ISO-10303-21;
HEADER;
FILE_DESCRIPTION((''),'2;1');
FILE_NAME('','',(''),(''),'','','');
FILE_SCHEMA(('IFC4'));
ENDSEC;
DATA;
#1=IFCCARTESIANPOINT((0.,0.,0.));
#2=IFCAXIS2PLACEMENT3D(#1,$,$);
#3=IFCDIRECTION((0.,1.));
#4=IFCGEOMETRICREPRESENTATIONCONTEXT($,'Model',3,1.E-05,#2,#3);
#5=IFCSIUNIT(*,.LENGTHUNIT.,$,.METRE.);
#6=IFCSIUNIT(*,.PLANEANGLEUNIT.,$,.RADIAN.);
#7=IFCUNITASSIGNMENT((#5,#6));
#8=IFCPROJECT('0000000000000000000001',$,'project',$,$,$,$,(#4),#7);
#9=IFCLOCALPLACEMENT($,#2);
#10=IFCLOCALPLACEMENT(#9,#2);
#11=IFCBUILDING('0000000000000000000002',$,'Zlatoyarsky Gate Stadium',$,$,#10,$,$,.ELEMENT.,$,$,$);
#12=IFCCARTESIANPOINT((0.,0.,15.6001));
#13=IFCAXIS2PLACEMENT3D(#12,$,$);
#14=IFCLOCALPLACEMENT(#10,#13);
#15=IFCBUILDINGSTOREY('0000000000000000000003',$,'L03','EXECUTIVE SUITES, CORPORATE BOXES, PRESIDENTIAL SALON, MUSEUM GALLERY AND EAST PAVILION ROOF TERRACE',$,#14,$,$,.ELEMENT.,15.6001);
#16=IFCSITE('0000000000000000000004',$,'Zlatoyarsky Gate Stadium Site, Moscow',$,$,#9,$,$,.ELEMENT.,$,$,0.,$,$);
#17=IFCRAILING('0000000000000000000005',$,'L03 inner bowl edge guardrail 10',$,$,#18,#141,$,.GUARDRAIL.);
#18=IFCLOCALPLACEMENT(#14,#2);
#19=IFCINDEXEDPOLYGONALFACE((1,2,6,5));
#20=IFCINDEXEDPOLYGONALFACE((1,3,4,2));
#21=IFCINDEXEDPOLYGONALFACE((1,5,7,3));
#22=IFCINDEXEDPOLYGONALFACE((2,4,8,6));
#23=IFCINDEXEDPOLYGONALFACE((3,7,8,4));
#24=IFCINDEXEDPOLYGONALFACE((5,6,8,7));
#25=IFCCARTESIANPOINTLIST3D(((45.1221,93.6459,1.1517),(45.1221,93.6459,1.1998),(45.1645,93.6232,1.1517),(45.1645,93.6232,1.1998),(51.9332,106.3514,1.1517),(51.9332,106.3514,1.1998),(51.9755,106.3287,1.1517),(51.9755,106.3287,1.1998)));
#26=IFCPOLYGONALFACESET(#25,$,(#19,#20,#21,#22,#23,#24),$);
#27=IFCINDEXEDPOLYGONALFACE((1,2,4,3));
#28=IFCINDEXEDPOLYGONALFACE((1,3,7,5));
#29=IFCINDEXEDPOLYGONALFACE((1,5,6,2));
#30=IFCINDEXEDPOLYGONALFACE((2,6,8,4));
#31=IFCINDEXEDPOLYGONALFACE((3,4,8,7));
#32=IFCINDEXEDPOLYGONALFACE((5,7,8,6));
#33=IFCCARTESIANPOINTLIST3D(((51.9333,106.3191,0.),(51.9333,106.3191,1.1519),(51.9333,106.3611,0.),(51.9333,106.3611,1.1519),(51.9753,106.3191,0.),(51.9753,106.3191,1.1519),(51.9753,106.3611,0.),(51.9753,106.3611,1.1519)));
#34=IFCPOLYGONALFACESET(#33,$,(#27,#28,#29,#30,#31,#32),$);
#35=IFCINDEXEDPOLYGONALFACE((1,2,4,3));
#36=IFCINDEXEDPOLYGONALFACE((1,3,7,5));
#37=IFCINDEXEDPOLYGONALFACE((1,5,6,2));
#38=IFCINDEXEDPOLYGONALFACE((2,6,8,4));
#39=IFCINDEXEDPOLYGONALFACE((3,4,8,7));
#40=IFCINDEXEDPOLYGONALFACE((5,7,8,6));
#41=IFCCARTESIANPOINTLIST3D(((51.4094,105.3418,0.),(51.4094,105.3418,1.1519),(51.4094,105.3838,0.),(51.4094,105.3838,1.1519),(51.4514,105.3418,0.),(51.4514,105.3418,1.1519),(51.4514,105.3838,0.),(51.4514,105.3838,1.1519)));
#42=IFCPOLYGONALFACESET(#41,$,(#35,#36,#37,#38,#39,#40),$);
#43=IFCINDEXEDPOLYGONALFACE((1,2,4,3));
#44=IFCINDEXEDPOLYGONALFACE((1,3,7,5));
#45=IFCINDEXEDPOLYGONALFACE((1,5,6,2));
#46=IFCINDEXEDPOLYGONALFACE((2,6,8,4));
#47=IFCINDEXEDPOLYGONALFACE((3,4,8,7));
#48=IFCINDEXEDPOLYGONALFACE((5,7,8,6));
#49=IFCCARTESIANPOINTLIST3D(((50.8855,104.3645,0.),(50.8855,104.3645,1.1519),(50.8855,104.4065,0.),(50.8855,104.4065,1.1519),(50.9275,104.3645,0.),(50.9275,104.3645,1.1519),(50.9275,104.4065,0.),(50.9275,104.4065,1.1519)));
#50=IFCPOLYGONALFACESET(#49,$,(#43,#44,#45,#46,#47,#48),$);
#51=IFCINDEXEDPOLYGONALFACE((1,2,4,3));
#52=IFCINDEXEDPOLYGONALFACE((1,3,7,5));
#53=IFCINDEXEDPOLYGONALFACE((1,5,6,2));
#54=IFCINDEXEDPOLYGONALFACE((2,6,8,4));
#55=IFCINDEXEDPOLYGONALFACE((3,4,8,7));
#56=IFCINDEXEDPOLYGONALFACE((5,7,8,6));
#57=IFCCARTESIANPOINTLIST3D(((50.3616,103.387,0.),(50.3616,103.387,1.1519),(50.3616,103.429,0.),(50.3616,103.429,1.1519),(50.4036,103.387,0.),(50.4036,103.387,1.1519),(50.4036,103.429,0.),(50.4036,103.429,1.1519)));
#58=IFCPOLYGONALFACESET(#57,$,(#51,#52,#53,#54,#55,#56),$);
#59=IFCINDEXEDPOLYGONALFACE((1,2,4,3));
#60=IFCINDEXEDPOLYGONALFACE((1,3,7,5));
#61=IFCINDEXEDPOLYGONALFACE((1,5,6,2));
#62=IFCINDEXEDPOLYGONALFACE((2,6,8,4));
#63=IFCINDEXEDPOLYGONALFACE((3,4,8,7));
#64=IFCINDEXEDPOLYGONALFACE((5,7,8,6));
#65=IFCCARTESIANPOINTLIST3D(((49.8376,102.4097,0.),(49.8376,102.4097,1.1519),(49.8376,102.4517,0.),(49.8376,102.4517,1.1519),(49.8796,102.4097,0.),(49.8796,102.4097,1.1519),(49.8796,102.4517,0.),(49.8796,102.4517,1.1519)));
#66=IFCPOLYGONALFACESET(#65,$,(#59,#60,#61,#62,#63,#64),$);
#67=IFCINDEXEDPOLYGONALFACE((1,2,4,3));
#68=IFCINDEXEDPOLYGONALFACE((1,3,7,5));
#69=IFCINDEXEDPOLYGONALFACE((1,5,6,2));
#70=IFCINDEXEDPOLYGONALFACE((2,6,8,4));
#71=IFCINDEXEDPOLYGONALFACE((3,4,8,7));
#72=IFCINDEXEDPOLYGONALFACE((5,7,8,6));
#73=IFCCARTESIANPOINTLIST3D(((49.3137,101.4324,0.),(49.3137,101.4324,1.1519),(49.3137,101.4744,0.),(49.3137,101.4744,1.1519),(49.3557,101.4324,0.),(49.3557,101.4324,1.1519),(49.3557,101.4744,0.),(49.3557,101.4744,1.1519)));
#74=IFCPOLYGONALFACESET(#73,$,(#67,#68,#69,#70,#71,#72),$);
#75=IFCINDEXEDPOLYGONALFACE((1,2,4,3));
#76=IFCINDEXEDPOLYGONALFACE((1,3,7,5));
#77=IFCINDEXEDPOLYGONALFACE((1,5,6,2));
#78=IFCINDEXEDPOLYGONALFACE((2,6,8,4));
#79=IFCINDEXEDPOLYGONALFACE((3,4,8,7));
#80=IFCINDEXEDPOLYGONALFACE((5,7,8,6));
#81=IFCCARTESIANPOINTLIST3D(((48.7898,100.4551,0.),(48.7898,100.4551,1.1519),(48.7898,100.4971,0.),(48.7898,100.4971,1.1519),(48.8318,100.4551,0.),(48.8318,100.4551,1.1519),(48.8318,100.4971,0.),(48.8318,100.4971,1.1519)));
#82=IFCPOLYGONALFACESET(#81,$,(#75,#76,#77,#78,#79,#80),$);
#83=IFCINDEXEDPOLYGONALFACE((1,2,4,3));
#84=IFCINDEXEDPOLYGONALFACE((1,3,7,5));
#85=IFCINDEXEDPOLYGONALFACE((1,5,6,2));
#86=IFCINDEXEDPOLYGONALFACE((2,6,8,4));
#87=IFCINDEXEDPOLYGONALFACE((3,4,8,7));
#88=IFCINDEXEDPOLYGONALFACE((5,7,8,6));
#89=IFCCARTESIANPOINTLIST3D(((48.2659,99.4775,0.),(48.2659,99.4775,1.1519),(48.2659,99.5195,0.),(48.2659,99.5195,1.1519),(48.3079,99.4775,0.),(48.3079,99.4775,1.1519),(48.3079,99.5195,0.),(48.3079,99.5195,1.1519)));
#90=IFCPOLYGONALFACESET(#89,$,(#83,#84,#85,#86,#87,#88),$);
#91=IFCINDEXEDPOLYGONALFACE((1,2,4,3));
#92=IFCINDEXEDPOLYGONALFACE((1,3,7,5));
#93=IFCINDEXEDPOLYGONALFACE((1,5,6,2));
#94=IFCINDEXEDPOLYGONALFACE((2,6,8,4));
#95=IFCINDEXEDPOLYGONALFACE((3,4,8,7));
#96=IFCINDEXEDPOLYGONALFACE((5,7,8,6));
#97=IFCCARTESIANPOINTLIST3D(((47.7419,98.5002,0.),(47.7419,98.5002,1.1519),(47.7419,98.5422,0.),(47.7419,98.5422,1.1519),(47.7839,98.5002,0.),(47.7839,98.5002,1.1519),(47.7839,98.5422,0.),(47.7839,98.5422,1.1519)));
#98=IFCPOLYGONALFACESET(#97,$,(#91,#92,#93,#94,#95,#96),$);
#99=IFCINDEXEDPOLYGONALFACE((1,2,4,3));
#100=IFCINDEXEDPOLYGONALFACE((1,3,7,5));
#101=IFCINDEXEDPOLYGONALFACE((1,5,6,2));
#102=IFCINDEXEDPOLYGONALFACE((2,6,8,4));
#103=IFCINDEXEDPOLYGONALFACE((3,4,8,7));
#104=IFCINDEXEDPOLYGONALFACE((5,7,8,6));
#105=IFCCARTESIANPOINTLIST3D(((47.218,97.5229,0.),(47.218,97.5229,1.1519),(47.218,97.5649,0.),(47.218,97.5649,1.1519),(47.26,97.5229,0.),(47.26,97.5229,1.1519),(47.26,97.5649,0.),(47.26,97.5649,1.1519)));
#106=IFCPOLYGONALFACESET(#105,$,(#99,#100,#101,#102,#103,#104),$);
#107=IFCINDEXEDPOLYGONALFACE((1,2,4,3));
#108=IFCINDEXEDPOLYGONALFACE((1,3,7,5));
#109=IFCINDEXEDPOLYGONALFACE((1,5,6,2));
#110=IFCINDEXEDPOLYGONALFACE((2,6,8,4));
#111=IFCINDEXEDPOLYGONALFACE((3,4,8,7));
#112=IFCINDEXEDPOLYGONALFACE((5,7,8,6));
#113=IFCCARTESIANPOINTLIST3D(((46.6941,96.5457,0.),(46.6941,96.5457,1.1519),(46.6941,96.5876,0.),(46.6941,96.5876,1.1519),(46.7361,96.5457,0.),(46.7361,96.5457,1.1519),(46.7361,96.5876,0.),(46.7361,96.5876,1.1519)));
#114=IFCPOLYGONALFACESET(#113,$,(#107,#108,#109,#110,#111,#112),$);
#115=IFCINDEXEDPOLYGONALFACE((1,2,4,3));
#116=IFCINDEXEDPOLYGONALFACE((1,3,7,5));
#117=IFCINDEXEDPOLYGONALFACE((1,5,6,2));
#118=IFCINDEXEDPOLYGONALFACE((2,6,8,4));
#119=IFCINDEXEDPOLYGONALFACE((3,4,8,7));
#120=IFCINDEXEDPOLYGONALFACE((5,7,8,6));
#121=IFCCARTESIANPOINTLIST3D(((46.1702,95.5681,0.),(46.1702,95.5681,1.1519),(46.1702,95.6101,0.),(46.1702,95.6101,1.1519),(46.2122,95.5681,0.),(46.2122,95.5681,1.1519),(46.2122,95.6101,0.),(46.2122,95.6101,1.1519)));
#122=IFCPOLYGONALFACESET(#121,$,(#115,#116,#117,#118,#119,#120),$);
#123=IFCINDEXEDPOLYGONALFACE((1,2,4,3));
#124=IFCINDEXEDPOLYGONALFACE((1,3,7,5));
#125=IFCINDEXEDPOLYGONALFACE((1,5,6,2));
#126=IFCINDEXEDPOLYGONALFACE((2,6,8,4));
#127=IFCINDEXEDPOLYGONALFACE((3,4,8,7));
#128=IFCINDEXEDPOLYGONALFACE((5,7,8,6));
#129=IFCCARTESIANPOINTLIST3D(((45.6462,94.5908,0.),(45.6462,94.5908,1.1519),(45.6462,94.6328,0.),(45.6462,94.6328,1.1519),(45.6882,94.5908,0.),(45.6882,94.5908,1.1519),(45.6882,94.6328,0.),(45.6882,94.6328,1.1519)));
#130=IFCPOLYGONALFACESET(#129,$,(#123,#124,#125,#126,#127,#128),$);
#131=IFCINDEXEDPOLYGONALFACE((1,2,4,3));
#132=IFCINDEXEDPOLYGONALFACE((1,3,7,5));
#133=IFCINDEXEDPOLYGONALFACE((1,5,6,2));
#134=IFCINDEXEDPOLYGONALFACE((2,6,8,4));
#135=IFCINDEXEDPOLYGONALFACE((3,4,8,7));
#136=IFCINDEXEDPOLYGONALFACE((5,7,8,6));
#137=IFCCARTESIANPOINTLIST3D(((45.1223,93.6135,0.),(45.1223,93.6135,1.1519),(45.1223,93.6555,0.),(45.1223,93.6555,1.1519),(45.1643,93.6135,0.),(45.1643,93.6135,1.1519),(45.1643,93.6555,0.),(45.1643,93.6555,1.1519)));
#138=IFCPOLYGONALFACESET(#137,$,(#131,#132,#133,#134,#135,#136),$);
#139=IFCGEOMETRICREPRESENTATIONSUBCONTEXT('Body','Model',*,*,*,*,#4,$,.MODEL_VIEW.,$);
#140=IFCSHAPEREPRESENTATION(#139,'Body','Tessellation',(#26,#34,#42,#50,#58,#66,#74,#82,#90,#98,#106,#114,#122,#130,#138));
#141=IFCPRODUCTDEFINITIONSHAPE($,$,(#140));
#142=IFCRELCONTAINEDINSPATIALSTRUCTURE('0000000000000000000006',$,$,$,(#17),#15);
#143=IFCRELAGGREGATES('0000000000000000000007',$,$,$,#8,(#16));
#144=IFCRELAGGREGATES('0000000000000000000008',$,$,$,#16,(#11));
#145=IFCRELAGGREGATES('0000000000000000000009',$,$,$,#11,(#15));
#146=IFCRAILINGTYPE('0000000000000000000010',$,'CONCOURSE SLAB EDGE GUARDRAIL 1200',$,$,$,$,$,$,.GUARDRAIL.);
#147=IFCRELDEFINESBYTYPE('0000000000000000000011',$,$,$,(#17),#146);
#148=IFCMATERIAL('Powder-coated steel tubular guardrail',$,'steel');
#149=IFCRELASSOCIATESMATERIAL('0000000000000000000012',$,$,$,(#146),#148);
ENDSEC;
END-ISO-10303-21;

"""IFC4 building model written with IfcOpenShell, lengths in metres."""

from ifc_helpers import new_model, si_unit, direction, frame, origin, origin_2d, place, context, subcontext, project, spatial, rectangle, extrude, material, type_object, element, save


model = new_model("IFC4")

# Units and contexts
model_context = context("Model", 3, precision=1e-05, world=origin(), true_north=direction((0.0, 1.0)))
body_context = subcontext(model_context, "Body", "Model", "MODEL_VIEW")
ifc_project = project(units=[si_unit("LENGTHUNIT", "METRE"), si_unit("PLANEANGLEUNIT", "RADIAN")], contexts=[model_context])

# Site, building, storey
site_placement = place(None, origin())
site = spatial("IfcSite", under=ifc_project, at=site_placement, Name="Zlatoyarsky Gate Stadium Site, Moscow", CompositionType="ELEMENT", RefElevation=0.0)
building_placement = place(site_placement, origin())
building = spatial("IfcBuilding", under=site, at=building_placement, Name="Zlatoyarsky Gate Stadium", CompositionType="ELEMENT")
storey_placement = place(building_placement, frame((0.0, 0.0, 15.6001)))
storey = spatial("IfcBuildingStorey", under=building, at=storey_placement, Name="L03", Description="EXECUTIVE SUITES, CORPORATE BOXES, PRESIDENTIAL SALON, MUSEUM GALLERY AND EAST PAVILION ROOF TERRACE", CompositionType="ELEMENT", Elevation=15.6001)

# Railing
ifc_material_1 = material(Name="Powder-coated steel tubular guardrail", Category="steel")
railing_type = type_object("IfcRailingType", Name="CONCOURSE SLAB EDGE GUARDRAIL 1200", PredefinedType="GUARDRAIL", material=ifc_material_1)
railing_1_placement = place(storey_placement, frame((51.9543, 106.3401, 0.0)))
element("IfcRailing", 1, at=railing_1_placement, inside=storey, type_object=railing_type, Name="L03 inner bowl edge guardrail 10", PredefinedType="GUARDRAIL", context=body_context, shape_type="SweptSolid", body=[
    extrude(rectangle(XDim=0.0481, YDim=0.0481, at=origin_2d()), frame((0.0, 0.0, 1.1758), z_axis=(-0.472463, -0.881351, 0.0), x_axis=(0.881351, -0.472463, 0.0)), (0.0, 0.0, 1.0), 14.416),
    extrude(rectangle(XDim=0.042, YDim=0.042, at=origin_2d()), origin(), (0.0, 0.0, 1.0), 1.1519),
    extrude(rectangle(XDim=0.042, YDim=0.042, at=origin_2d()), frame((-0.5239, -0.9773, 0.0)), (0.0, 0.0, 1.0), 1.1519),
    extrude(rectangle(XDim=0.042, YDim=0.042, at=origin_2d()), frame((-1.0479, -1.9546, 0.0)), (0.0, 0.0, 1.0), 1.1519),
    extrude(rectangle(XDim=0.042, YDim=0.042, at=origin_2d()), frame((-1.5718, -2.9321, 0.0)), (0.0, 0.0, 1.0), 1.1519),
    extrude(rectangle(XDim=0.042, YDim=0.042, at=origin_2d()), frame((-2.0957, -3.9094, 0.0)), (0.0, 0.0, 1.0), 1.1519),
    extrude(rectangle(XDim=0.042, YDim=0.042, at=origin_2d()), frame((-2.6196, -4.8867, 0.0)), (0.0, 0.0, 1.0), 1.1519),
    extrude(rectangle(XDim=0.042, YDim=0.042, at=origin_2d()), frame((-3.1436, -5.864, 0.0)), (0.0, 0.0, 1.0), 1.1519),
    extrude(rectangle(XDim=0.042, YDim=0.042, at=origin_2d()), frame((-3.6675, -6.8416, 0.0)), (0.0, 0.0, 1.0), 1.1519),
    extrude(rectangle(XDim=0.042, YDim=0.042, at=origin_2d()), frame((-4.1914, -7.8188, 0.0)), (0.0, 0.0, 1.0), 1.1519),
    extrude(rectangle(XDim=0.042, YDim=0.042, at=origin_2d()), frame((-4.7153, -8.7961, 0.0)), (0.0, 0.0, 1.0), 1.1519),
    extrude(rectangle(XDim=0.042, YDim=0.042, at=origin_2d()), frame((-5.2393, -9.7734, 0.0)), (0.0, 0.0, 1.0), 1.1519),
    extrude(rectangle(XDim=0.042, YDim=0.042, at=origin_2d()), frame((-5.7632, -10.751, 0.0)), (0.0, 0.0, 1.0), 1.1519),
    extrude(rectangle(XDim=0.042, YDim=0.042, at=origin_2d()), frame((-6.2871, -11.7283, 0.0)), (0.0, 0.0, 1.0), 1.1519),
    extrude(rectangle(XDim=0.042, YDim=0.042, at=origin_2d()), frame((-6.811, -12.7056, 0.0)), (0.0, 0.0, 1.0), 1.1519),
])

save(model, "model.ifc")
